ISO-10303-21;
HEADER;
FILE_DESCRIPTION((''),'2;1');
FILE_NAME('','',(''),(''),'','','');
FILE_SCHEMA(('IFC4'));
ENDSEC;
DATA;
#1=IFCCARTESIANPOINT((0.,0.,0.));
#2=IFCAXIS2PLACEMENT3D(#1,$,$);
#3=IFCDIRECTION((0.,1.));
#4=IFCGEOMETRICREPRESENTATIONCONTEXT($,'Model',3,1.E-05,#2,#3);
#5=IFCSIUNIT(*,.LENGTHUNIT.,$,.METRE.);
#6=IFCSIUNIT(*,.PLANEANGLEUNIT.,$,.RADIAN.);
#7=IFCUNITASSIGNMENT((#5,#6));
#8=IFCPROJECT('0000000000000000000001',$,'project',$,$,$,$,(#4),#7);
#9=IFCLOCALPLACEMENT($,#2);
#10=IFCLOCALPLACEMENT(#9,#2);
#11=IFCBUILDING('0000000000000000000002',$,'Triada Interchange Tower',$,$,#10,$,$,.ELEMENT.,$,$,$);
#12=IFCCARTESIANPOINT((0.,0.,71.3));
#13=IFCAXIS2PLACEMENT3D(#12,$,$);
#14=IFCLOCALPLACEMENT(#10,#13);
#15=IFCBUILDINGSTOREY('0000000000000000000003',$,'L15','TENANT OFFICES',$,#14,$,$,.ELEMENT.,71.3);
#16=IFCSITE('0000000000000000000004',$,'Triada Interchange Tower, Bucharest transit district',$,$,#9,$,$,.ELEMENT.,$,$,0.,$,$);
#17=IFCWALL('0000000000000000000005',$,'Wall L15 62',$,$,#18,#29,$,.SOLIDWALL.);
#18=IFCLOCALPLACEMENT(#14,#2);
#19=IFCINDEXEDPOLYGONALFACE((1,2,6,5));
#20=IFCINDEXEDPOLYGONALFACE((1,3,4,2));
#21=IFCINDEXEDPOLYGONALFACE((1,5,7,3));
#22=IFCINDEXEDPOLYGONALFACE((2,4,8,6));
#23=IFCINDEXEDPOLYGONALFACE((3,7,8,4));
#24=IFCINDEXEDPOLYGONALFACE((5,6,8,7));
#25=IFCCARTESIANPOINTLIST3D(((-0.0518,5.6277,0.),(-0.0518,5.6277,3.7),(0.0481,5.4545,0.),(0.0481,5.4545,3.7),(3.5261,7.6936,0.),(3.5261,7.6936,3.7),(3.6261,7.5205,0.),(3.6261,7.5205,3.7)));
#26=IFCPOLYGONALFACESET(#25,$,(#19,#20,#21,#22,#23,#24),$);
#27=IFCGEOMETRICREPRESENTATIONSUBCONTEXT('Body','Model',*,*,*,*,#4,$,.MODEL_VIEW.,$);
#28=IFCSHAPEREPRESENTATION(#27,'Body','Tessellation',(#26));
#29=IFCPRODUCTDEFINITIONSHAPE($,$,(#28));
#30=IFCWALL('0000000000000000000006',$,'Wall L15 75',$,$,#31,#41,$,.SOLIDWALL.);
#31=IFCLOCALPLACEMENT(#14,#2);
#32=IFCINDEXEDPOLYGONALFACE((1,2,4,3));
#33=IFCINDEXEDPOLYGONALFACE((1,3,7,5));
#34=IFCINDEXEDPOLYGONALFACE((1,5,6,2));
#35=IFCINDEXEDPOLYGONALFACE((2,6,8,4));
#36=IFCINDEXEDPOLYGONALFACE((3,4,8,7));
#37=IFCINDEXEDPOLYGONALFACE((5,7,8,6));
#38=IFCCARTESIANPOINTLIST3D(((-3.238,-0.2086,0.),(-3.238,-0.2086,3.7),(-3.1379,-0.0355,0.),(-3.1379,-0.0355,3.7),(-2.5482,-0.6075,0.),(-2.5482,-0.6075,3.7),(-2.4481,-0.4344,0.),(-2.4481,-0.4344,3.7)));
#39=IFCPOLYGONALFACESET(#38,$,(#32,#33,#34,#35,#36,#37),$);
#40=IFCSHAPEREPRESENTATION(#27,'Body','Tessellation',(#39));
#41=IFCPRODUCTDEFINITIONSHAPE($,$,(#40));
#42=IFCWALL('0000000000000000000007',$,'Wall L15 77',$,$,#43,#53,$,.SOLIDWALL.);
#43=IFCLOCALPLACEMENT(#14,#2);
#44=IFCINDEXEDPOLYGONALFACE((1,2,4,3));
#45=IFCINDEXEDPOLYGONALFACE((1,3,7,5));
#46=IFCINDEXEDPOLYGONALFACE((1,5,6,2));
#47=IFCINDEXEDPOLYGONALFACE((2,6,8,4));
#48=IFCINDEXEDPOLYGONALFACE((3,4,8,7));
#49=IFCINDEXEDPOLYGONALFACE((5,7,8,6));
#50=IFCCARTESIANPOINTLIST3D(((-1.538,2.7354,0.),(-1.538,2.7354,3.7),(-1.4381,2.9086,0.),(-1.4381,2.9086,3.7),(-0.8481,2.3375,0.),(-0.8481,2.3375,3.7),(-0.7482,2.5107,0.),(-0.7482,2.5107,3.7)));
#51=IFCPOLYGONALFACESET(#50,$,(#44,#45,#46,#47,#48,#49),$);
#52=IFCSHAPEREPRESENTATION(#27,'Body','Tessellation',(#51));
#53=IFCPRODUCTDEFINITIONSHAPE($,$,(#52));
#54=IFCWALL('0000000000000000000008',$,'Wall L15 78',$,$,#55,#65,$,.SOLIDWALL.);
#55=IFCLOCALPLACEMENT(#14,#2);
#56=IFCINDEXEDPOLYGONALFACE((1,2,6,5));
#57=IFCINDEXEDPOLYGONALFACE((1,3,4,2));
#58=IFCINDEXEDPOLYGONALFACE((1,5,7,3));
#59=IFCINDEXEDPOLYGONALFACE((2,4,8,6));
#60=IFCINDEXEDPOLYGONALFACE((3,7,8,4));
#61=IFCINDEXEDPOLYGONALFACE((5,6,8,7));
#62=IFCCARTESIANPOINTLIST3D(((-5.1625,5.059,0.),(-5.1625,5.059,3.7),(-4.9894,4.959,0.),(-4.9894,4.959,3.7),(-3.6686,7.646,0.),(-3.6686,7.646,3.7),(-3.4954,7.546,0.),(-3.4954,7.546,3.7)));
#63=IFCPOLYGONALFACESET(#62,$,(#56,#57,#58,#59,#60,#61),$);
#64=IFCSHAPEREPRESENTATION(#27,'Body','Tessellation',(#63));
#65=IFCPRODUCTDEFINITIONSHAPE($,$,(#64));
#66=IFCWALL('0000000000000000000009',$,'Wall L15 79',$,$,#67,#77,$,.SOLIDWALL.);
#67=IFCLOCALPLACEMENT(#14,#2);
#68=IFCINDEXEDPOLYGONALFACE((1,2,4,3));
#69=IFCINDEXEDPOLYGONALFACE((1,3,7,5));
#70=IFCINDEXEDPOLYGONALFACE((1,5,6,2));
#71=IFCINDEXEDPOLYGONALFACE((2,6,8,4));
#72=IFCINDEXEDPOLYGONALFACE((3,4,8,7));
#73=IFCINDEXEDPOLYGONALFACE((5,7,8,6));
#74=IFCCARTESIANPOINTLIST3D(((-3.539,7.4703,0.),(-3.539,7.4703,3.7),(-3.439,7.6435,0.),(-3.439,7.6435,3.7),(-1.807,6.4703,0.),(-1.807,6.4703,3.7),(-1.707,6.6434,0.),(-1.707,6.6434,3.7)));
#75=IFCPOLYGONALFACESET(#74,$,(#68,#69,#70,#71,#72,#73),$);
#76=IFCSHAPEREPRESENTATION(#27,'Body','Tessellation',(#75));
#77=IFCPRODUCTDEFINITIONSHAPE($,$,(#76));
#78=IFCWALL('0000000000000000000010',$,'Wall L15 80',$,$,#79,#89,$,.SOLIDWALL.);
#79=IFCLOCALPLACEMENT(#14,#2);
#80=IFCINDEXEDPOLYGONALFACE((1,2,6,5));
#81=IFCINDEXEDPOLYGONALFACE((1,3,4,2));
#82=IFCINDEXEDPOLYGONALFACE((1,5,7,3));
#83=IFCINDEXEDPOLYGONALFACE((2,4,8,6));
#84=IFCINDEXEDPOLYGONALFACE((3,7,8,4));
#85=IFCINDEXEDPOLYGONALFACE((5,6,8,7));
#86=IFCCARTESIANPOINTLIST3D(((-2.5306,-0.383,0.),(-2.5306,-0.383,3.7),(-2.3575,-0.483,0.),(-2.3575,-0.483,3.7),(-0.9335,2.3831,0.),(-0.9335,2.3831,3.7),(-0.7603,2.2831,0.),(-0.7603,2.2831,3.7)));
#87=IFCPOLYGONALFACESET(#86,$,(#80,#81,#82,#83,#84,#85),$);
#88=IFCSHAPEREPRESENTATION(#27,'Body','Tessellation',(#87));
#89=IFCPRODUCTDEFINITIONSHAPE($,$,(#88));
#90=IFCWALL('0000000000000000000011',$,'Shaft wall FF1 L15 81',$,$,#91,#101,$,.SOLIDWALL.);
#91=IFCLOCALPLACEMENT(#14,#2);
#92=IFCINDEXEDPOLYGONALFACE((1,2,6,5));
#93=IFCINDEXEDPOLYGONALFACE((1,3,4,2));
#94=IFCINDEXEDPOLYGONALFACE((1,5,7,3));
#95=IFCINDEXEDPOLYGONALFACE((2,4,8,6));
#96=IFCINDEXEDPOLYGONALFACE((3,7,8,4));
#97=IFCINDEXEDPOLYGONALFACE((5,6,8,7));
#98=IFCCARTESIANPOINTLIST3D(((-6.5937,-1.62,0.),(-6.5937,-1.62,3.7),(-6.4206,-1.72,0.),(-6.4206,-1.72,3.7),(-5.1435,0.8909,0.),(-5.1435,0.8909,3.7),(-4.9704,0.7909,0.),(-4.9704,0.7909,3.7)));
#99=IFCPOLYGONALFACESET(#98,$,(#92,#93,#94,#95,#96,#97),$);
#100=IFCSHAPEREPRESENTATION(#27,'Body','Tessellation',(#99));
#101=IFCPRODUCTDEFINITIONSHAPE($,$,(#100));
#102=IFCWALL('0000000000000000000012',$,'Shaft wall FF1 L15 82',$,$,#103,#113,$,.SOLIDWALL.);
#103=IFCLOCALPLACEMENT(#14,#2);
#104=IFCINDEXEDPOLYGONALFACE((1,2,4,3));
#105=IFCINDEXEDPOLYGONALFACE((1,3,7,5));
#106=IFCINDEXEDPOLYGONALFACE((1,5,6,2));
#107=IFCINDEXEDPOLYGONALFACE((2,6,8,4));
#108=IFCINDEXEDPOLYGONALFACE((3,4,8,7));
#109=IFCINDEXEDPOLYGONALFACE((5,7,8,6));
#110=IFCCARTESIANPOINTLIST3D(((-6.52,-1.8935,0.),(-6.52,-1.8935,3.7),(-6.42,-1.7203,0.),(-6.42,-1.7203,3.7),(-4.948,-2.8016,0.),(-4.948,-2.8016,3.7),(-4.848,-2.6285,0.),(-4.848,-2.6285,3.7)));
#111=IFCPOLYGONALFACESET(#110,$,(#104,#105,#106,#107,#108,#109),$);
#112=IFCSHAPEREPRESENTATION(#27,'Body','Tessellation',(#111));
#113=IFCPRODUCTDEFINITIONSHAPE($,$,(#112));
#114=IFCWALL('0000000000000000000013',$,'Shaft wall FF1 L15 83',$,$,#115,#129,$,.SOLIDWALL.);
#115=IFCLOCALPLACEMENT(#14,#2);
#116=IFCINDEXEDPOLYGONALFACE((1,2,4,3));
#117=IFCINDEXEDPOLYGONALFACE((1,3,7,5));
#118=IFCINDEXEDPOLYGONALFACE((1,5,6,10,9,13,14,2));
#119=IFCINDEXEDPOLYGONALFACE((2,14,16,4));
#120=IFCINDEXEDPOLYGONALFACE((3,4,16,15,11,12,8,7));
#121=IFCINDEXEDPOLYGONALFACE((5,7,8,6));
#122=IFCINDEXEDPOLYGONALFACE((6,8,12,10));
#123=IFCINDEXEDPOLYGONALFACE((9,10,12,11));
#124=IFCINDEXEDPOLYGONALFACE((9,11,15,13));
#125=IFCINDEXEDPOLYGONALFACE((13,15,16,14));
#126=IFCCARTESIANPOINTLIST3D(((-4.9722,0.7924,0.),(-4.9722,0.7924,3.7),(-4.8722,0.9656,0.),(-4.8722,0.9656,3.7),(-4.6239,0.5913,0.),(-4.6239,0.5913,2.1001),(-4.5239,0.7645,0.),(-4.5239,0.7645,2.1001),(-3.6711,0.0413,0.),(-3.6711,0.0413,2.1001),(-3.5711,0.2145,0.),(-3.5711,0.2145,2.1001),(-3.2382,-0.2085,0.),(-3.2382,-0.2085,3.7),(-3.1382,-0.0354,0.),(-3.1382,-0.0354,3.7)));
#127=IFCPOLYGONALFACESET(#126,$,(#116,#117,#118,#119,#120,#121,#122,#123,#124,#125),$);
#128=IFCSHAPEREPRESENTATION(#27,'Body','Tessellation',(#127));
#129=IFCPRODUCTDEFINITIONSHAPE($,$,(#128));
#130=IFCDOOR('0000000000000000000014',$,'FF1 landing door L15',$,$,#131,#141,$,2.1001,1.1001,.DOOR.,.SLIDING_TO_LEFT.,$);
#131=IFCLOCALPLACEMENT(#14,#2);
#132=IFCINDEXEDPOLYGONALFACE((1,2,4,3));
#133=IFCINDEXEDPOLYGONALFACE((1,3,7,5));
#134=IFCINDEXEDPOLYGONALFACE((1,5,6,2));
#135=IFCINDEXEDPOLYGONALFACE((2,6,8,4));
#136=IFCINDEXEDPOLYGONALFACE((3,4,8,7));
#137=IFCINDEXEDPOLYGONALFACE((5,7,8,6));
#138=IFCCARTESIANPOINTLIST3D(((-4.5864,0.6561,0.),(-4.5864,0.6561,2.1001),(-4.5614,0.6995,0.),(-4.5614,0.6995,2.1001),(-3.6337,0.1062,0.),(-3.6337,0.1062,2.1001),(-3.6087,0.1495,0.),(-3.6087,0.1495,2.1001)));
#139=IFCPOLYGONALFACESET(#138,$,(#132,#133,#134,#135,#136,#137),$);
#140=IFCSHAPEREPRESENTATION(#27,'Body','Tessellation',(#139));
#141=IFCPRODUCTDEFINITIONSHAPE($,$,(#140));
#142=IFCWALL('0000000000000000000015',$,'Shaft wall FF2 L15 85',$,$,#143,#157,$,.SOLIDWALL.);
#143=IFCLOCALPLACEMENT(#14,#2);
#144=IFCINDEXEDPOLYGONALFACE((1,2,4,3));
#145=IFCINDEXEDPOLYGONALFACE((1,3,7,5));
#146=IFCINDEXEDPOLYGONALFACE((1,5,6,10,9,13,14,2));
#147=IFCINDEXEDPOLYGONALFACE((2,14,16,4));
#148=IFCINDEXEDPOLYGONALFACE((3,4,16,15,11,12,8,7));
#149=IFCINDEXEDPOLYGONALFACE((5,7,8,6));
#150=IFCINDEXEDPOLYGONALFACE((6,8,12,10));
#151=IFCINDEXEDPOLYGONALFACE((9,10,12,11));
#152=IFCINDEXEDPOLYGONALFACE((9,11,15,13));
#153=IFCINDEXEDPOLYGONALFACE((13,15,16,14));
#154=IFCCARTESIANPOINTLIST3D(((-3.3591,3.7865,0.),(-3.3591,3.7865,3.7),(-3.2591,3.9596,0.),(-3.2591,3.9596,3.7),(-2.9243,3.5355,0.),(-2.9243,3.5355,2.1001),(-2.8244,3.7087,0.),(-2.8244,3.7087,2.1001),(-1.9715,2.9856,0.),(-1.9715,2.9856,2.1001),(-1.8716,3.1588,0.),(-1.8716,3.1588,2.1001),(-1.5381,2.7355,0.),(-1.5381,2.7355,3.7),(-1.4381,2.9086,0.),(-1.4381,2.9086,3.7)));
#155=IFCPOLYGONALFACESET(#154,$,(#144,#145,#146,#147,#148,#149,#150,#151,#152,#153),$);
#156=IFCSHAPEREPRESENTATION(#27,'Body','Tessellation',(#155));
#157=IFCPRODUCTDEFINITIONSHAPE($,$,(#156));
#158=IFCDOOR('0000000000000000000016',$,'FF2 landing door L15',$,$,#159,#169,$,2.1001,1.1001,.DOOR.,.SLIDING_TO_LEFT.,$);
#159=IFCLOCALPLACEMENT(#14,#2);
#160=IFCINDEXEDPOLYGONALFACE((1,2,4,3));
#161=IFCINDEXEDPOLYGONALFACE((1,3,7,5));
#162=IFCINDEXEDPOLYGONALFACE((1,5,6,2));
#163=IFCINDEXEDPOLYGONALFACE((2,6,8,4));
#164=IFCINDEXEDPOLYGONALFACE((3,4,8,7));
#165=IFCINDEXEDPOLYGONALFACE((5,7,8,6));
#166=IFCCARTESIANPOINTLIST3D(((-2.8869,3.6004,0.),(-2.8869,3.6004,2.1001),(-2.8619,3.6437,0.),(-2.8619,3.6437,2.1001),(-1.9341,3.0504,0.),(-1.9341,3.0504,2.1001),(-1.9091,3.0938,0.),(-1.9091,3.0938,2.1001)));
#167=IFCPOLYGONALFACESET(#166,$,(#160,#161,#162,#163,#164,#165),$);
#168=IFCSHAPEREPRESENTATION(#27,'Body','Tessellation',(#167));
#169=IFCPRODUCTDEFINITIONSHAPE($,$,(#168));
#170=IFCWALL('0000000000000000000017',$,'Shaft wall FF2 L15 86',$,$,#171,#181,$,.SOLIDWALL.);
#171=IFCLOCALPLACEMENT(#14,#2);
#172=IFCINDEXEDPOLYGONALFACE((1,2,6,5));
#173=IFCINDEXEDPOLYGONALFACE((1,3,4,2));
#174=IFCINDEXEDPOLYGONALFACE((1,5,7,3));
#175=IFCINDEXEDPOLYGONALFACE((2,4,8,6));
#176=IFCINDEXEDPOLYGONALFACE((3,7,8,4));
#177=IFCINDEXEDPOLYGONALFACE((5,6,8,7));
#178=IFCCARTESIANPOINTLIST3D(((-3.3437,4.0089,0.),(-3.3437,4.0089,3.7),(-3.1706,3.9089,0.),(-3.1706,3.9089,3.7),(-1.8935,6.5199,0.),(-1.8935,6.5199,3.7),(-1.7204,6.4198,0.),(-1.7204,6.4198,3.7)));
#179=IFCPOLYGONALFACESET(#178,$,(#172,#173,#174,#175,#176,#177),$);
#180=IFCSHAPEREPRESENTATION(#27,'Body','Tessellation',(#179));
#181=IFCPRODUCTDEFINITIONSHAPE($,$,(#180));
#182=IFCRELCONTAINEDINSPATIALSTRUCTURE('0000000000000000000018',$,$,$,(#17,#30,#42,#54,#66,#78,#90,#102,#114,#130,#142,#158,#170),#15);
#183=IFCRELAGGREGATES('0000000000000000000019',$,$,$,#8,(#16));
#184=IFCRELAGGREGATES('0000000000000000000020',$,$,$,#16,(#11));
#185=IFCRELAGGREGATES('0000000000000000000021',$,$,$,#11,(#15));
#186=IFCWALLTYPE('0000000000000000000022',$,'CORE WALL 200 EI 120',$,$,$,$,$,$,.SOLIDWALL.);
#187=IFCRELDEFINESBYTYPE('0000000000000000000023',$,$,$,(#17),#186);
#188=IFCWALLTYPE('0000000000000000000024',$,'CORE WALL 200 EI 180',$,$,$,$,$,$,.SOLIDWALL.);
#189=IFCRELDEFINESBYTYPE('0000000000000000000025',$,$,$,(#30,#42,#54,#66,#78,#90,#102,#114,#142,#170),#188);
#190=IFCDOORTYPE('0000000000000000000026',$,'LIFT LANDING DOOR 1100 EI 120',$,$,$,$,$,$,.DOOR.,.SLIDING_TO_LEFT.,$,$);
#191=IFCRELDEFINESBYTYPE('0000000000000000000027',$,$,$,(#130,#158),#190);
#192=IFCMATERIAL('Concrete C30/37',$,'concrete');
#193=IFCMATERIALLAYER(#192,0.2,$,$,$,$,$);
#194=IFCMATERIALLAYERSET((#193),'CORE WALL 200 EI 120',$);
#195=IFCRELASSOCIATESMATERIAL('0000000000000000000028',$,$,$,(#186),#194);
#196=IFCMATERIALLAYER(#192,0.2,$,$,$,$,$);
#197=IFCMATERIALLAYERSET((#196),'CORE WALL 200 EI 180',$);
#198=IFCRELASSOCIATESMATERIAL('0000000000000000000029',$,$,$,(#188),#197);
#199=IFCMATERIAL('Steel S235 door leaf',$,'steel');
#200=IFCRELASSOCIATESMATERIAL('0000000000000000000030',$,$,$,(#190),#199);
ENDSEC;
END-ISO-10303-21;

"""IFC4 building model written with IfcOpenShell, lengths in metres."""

from ifc_helpers import new_model, si_unit, direction, frame, frame_2d, origin, place, context, subcontext, project, spatial, rectangle, extrude, material, layer, layer_set, type_object, element, fill, save


model = new_model("IFC4")

# Units and contexts
model_context = context("Model", 3, precision=1e-05, world=origin(), true_north=direction((0.0, 1.0)))
body_context = subcontext(model_context, "Body", "Model", "MODEL_VIEW")
ifc_project = project(units=[si_unit("LENGTHUNIT", "METRE"), si_unit("PLANEANGLEUNIT", "RADIAN")], contexts=[model_context])

# Site, building, storey
site_placement = place(None, origin())
site = spatial("IfcSite", under=ifc_project, at=site_placement, Name="Triada Interchange Tower, Bucharest transit district", CompositionType="ELEMENT", RefElevation=0.0)
building_placement = place(site_placement, origin())
building = spatial("IfcBuilding", under=site, at=building_placement, Name="Triada Interchange Tower", CompositionType="ELEMENT")
storey_placement = place(building_placement, frame((0.0, 0.0, 71.3)))
storey = spatial("IfcBuildingStorey", under=building, at=storey_placement, Name="L15", Description="TENANT OFFICES", CompositionType="ELEMENT", Elevation=71.3)

# Walls
ifc_material_1 = material(Name="Concrete C30/37", Category="concrete")
ifc_layer_1 = layer(ifc_material_1, 0.2)
ifc_layer_set_1 = layer_set([ifc_layer_1], Name="CORE WALL 200 EI 120")
wall_type_1 = type_object("IfcWallType", Name="CORE WALL 200 EI 120", PredefinedType="SOLIDWALL", material=ifc_layer_set_1)
wall_1_placement = place(storey_placement, frame((-0.002, 5.541, 0.0), z_axis=(0.0, 0.0, 1.0), x_axis=(0.866002, 0.500041, 0.0)))
element("IfcWall", 1, at=wall_1_placement, inside=storey, type_object=wall_type_1, Name="Wall L15 62", PredefinedType="SOLIDWALL", context=body_context, shape_type="SweptSolid", body=[
    extrude(rectangle(XDim=4.1316, YDim=0.2, at=frame_2d((2.0659, 0.0))), origin(), (0.0, 0.0, 1.0), 3.7),
])
ifc_layer_2 = layer(ifc_material_1, 0.2)
ifc_layer_set_2 = layer_set([ifc_layer_2], Name="CORE WALL 200 EI 180")
wall_type_2 = type_object("IfcWallType", Name="CORE WALL 200 EI 180", PredefinedType="SOLIDWALL", material=ifc_layer_set_2)
wall_2_placement = place(storey_placement, frame((-3.188, -0.1221, 0.0), z_axis=(0.0, 0.0, 1.0), x_axis=(0.865706, -0.500553, 0.0)))
element("IfcWall", 2, at=wall_2_placement, inside=storey, type_object=wall_type_2, Name="Wall L15 75", PredefinedType="SOLIDWALL", context=body_context, shape_type="SweptSolid", body=[
    extrude(rectangle(XDim=0.7969, YDim=0.2, at=frame_2d((0.3984, 0.0))), origin(), (0.0, 0.0, 1.0), 3.7),
])
wall_3_placement = place(storey_placement, frame((-1.488, 2.822, 0.0), z_axis=(0.0, 0.0, 1.0), x_axis=(0.866237, -0.499634, 0.0)))
element("IfcWall", 3, at=wall_3_placement, inside=storey, type_object=wall_type_2, Name="Wall L15 77", PredefinedType="SOLIDWALL", context=body_context, shape_type="SweptSolid", body=[
    extrude(rectangle(XDim=0.7964, YDim=0.2, at=frame_2d((0.3982, 0.0))), origin(), (0.0, 0.0, 1.0), 3.7),
])
wall_4_placement = place(storey_placement, frame((-5.0759, 5.009, 0.0), z_axis=(0.0, 0.0, 1.0), x_axis=(0.500086, 0.865976, 0.0)))
element("IfcWall", 4, at=wall_4_placement, inside=storey, type_object=wall_type_2, Name="Wall L15 78", PredefinedType="SOLIDWALL", context=body_context, shape_type="SweptSolid", body=[
    extrude(rectangle(XDim=2.9873, YDim=0.2, at=frame_2d((1.4937, 0.0))), origin(), (0.0, 0.0, 1.0), 3.7),
])
wall_5_placement = place(storey_placement, frame((-3.489, 7.5569, 0.0), z_axis=(0.0, 0.0, 1.0), x_axis=(0.866011, -0.500025, 0.0)))
element("IfcWall", 5, at=wall_5_placement, inside=storey, type_object=wall_type_2, Name="Wall L15 79", PredefinedType="SOLIDWALL", context=body_context, shape_type="SweptSolid", body=[
    extrude(rectangle(XDim=2.0, YDim=0.2, at=frame_2d((1.0, 0.0))), origin(), (0.0, 0.0, 1.0), 3.7),
])
wall_6_placement = place(storey_placement, frame((-2.4441, -0.4331, 0.0), z_axis=(0.0, 0.0, 1.0), x_axis=(0.500036, 0.866005, 0.0)))
element("IfcWall", 6, at=wall_6_placement, inside=storey, type_object=wall_type_2, Name="Wall L15 80", PredefinedType="SOLIDWALL", context=body_context, shape_type="SweptSolid", body=[
    extrude(rectangle(XDim=3.1941, YDim=0.2, at=frame_2d((1.5972, 0.0))), origin(), (0.0, 0.0, 1.0), 3.7),
])
wall_7_placement = place(storey_placement, frame((-6.5071, -1.6699, 0.0), z_axis=(0.0, 0.0, 1.0), x_axis=(0.500123, 0.865954, 0.0)))
element("IfcWall", 7, at=wall_7_placement, inside=storey, type_object=wall_type_2, Name="Shaft wall FF1 L15 81", PredefinedType="SOLIDWALL", context=body_context, shape_type="SweptSolid", body=[
    extrude(rectangle(XDim=2.8997, YDim=0.2, at=frame_2d((1.4497, 0.0))), origin(), (0.0, 0.0, 1.0), 3.7),
])
wall_8_placement = place(storey_placement, frame((-6.47, -1.8069, 0.0), z_axis=(0.0, 0.0, 1.0), x_axis=(0.865883, -0.500246, 0.0)))
element("IfcWall", 8, at=wall_8_placement, inside=storey, type_object=wall_type_2, Name="Shaft wall FF1 L15 82", PredefinedType="SOLIDWALL", context=body_context, shape_type="SweptSolid", body=[
    extrude(rectangle(XDim=1.8154, YDim=0.2, at=frame_2d((0.9077, 0.0))), origin(), (0.0, 0.0, 1.0), 3.7),
])

# Walls, openings, doors
wall_9_placement = place(storey_placement, frame((-4.9221, 0.8789, 0.0), z_axis=(0.0, 0.0, 1.0), x_axis=(0.866074, -0.499916, 0.0)))
wall_9 = element("IfcWall", 9, at=wall_9_placement, inside=storey, type_object=wall_type_2, Name="Shaft wall FF1 L15 83", PredefinedType="SOLIDWALL", context=body_context, shape_type="SweptSolid", body=[
    extrude(rectangle(XDim=2.0022, YDim=0.2, at=frame_2d((1.001, 0.0))), origin(), (0.0, 0.0, 1.0), 3.7),
])
opening_1_placement = place(wall_9_placement, frame((0.4021, 0.0, 0.0)))
opening_1 = element("IfcOpeningElement", 10, at=opening_1_placement, cuts=wall_9, PredefinedType="OPENING", context=body_context, shape_type="SweptSolid", body=[
    extrude(rectangle(XDim=1.1001, YDim=2.1001, at=frame_2d((0.55, 1.05))), frame((0.0, 0.1099, 0.0), z_axis=(0.0, -1.0, 0.0), x_axis=(1.0, 0.0, 0.0)), (0.0, 0.0, 1.0), 0.22),
])
ifc_material_2 = material(Name="Steel S235 door leaf", Category="steel")
door_type = type_object("IfcDoorType", Name="LIFT LANDING DOOR 1100 EI 120", OperationType="SLIDING_TO_LEFT", PredefinedType="DOOR", material=ifc_material_2)
door_1_placement = place(opening_1_placement, origin())
door_1 = element("IfcDoor", 11, at=door_1_placement, inside=storey, type_object=door_type, Name="FF1 landing door L15", OperationType="SLIDING_TO_LEFT", OverallHeight=2.1001, OverallWidth=1.1001, PredefinedType="DOOR", context=body_context, shape_type="SweptSolid", body=[
    extrude(rectangle(XDim=1.1001, YDim=2.1001, at=frame_2d((0.55, 1.05))), frame((0.0, 0.0249, 0.0), z_axis=(0.0, -1.0, 0.0), x_axis=(1.0, 0.0, 0.0)), (0.0, 0.0, 1.0), 0.05),
])
fill(opening_1, door_1)
wall_10_placement = place(storey_placement, frame((-3.3091, 3.873, 0.0), z_axis=(0.0, 0.0, 1.0), x_axis=(0.866099, -0.499873, 0.0)))
wall_10 = element("IfcWall", 12, at=wall_10_placement, inside=storey, type_object=wall_type_2, Name="Shaft wall FF2 L15 85", PredefinedType="SOLIDWALL", context=body_context, shape_type="SweptSolid", body=[
    extrude(rectangle(XDim=2.1025, YDim=0.2, at=frame_2d((1.0513, 0.0))), origin(), (0.0, 0.0, 1.0), 3.7),
])
opening_2_placement = place(wall_10_placement, frame((0.502, 0.0, 0.0)))
opening_2 = element("IfcOpeningElement", 13, at=opening_2_placement, cuts=wall_10, PredefinedType="OPENING", context=body_context, shape_type="SweptSolid", body=[
    extrude(rectangle(XDim=1.1001, YDim=2.1001, at=frame_2d((0.55, 1.05))), frame((0.0, 0.1099, 0.0), z_axis=(0.0, -1.0, 0.0), x_axis=(1.0, 0.0, 0.0)), (0.0, 0.0, 1.0), 0.22),
])
door_2_placement = place(opening_2_placement, origin())
door_2 = element("IfcDoor", 14, at=door_2_placement, inside=storey, type_object=door_type, Name="FF2 landing door L15", OperationType="SLIDING_TO_LEFT", OverallHeight=2.1001, OverallWidth=1.1001, PredefinedType="DOOR", context=body_context, shape_type="SweptSolid", body=[
    extrude(rectangle(XDim=1.1001, YDim=2.1001, at=frame_2d((0.55, 1.05))), frame((0.0, 0.0249, 0.0), z_axis=(0.0, -1.0, 0.0), x_axis=(1.0, 0.0, 0.0)), (0.0, 0.0, 1.0), 0.05),
])
fill(opening_2, door_2)

# Wall
wall_11_placement = place(storey_placement, frame((-3.2571, 3.959, 0.0), z_axis=(0.0, 0.0, 1.0), x_axis=(0.500123, 0.865954, 0.0)))
element("IfcWall", 15, at=wall_11_placement, inside=storey, type_object=wall_type_2, Name="Shaft wall FF2 L15 86", PredefinedType="SOLIDWALL", context=body_context, shape_type="SweptSolid", body=[
    extrude(rectangle(XDim=2.8997, YDim=0.2, at=frame_2d((1.4497, 0.0))), origin(), (0.0, 0.0, 1.0), 3.7),
])

save(model, "model.ifc")
